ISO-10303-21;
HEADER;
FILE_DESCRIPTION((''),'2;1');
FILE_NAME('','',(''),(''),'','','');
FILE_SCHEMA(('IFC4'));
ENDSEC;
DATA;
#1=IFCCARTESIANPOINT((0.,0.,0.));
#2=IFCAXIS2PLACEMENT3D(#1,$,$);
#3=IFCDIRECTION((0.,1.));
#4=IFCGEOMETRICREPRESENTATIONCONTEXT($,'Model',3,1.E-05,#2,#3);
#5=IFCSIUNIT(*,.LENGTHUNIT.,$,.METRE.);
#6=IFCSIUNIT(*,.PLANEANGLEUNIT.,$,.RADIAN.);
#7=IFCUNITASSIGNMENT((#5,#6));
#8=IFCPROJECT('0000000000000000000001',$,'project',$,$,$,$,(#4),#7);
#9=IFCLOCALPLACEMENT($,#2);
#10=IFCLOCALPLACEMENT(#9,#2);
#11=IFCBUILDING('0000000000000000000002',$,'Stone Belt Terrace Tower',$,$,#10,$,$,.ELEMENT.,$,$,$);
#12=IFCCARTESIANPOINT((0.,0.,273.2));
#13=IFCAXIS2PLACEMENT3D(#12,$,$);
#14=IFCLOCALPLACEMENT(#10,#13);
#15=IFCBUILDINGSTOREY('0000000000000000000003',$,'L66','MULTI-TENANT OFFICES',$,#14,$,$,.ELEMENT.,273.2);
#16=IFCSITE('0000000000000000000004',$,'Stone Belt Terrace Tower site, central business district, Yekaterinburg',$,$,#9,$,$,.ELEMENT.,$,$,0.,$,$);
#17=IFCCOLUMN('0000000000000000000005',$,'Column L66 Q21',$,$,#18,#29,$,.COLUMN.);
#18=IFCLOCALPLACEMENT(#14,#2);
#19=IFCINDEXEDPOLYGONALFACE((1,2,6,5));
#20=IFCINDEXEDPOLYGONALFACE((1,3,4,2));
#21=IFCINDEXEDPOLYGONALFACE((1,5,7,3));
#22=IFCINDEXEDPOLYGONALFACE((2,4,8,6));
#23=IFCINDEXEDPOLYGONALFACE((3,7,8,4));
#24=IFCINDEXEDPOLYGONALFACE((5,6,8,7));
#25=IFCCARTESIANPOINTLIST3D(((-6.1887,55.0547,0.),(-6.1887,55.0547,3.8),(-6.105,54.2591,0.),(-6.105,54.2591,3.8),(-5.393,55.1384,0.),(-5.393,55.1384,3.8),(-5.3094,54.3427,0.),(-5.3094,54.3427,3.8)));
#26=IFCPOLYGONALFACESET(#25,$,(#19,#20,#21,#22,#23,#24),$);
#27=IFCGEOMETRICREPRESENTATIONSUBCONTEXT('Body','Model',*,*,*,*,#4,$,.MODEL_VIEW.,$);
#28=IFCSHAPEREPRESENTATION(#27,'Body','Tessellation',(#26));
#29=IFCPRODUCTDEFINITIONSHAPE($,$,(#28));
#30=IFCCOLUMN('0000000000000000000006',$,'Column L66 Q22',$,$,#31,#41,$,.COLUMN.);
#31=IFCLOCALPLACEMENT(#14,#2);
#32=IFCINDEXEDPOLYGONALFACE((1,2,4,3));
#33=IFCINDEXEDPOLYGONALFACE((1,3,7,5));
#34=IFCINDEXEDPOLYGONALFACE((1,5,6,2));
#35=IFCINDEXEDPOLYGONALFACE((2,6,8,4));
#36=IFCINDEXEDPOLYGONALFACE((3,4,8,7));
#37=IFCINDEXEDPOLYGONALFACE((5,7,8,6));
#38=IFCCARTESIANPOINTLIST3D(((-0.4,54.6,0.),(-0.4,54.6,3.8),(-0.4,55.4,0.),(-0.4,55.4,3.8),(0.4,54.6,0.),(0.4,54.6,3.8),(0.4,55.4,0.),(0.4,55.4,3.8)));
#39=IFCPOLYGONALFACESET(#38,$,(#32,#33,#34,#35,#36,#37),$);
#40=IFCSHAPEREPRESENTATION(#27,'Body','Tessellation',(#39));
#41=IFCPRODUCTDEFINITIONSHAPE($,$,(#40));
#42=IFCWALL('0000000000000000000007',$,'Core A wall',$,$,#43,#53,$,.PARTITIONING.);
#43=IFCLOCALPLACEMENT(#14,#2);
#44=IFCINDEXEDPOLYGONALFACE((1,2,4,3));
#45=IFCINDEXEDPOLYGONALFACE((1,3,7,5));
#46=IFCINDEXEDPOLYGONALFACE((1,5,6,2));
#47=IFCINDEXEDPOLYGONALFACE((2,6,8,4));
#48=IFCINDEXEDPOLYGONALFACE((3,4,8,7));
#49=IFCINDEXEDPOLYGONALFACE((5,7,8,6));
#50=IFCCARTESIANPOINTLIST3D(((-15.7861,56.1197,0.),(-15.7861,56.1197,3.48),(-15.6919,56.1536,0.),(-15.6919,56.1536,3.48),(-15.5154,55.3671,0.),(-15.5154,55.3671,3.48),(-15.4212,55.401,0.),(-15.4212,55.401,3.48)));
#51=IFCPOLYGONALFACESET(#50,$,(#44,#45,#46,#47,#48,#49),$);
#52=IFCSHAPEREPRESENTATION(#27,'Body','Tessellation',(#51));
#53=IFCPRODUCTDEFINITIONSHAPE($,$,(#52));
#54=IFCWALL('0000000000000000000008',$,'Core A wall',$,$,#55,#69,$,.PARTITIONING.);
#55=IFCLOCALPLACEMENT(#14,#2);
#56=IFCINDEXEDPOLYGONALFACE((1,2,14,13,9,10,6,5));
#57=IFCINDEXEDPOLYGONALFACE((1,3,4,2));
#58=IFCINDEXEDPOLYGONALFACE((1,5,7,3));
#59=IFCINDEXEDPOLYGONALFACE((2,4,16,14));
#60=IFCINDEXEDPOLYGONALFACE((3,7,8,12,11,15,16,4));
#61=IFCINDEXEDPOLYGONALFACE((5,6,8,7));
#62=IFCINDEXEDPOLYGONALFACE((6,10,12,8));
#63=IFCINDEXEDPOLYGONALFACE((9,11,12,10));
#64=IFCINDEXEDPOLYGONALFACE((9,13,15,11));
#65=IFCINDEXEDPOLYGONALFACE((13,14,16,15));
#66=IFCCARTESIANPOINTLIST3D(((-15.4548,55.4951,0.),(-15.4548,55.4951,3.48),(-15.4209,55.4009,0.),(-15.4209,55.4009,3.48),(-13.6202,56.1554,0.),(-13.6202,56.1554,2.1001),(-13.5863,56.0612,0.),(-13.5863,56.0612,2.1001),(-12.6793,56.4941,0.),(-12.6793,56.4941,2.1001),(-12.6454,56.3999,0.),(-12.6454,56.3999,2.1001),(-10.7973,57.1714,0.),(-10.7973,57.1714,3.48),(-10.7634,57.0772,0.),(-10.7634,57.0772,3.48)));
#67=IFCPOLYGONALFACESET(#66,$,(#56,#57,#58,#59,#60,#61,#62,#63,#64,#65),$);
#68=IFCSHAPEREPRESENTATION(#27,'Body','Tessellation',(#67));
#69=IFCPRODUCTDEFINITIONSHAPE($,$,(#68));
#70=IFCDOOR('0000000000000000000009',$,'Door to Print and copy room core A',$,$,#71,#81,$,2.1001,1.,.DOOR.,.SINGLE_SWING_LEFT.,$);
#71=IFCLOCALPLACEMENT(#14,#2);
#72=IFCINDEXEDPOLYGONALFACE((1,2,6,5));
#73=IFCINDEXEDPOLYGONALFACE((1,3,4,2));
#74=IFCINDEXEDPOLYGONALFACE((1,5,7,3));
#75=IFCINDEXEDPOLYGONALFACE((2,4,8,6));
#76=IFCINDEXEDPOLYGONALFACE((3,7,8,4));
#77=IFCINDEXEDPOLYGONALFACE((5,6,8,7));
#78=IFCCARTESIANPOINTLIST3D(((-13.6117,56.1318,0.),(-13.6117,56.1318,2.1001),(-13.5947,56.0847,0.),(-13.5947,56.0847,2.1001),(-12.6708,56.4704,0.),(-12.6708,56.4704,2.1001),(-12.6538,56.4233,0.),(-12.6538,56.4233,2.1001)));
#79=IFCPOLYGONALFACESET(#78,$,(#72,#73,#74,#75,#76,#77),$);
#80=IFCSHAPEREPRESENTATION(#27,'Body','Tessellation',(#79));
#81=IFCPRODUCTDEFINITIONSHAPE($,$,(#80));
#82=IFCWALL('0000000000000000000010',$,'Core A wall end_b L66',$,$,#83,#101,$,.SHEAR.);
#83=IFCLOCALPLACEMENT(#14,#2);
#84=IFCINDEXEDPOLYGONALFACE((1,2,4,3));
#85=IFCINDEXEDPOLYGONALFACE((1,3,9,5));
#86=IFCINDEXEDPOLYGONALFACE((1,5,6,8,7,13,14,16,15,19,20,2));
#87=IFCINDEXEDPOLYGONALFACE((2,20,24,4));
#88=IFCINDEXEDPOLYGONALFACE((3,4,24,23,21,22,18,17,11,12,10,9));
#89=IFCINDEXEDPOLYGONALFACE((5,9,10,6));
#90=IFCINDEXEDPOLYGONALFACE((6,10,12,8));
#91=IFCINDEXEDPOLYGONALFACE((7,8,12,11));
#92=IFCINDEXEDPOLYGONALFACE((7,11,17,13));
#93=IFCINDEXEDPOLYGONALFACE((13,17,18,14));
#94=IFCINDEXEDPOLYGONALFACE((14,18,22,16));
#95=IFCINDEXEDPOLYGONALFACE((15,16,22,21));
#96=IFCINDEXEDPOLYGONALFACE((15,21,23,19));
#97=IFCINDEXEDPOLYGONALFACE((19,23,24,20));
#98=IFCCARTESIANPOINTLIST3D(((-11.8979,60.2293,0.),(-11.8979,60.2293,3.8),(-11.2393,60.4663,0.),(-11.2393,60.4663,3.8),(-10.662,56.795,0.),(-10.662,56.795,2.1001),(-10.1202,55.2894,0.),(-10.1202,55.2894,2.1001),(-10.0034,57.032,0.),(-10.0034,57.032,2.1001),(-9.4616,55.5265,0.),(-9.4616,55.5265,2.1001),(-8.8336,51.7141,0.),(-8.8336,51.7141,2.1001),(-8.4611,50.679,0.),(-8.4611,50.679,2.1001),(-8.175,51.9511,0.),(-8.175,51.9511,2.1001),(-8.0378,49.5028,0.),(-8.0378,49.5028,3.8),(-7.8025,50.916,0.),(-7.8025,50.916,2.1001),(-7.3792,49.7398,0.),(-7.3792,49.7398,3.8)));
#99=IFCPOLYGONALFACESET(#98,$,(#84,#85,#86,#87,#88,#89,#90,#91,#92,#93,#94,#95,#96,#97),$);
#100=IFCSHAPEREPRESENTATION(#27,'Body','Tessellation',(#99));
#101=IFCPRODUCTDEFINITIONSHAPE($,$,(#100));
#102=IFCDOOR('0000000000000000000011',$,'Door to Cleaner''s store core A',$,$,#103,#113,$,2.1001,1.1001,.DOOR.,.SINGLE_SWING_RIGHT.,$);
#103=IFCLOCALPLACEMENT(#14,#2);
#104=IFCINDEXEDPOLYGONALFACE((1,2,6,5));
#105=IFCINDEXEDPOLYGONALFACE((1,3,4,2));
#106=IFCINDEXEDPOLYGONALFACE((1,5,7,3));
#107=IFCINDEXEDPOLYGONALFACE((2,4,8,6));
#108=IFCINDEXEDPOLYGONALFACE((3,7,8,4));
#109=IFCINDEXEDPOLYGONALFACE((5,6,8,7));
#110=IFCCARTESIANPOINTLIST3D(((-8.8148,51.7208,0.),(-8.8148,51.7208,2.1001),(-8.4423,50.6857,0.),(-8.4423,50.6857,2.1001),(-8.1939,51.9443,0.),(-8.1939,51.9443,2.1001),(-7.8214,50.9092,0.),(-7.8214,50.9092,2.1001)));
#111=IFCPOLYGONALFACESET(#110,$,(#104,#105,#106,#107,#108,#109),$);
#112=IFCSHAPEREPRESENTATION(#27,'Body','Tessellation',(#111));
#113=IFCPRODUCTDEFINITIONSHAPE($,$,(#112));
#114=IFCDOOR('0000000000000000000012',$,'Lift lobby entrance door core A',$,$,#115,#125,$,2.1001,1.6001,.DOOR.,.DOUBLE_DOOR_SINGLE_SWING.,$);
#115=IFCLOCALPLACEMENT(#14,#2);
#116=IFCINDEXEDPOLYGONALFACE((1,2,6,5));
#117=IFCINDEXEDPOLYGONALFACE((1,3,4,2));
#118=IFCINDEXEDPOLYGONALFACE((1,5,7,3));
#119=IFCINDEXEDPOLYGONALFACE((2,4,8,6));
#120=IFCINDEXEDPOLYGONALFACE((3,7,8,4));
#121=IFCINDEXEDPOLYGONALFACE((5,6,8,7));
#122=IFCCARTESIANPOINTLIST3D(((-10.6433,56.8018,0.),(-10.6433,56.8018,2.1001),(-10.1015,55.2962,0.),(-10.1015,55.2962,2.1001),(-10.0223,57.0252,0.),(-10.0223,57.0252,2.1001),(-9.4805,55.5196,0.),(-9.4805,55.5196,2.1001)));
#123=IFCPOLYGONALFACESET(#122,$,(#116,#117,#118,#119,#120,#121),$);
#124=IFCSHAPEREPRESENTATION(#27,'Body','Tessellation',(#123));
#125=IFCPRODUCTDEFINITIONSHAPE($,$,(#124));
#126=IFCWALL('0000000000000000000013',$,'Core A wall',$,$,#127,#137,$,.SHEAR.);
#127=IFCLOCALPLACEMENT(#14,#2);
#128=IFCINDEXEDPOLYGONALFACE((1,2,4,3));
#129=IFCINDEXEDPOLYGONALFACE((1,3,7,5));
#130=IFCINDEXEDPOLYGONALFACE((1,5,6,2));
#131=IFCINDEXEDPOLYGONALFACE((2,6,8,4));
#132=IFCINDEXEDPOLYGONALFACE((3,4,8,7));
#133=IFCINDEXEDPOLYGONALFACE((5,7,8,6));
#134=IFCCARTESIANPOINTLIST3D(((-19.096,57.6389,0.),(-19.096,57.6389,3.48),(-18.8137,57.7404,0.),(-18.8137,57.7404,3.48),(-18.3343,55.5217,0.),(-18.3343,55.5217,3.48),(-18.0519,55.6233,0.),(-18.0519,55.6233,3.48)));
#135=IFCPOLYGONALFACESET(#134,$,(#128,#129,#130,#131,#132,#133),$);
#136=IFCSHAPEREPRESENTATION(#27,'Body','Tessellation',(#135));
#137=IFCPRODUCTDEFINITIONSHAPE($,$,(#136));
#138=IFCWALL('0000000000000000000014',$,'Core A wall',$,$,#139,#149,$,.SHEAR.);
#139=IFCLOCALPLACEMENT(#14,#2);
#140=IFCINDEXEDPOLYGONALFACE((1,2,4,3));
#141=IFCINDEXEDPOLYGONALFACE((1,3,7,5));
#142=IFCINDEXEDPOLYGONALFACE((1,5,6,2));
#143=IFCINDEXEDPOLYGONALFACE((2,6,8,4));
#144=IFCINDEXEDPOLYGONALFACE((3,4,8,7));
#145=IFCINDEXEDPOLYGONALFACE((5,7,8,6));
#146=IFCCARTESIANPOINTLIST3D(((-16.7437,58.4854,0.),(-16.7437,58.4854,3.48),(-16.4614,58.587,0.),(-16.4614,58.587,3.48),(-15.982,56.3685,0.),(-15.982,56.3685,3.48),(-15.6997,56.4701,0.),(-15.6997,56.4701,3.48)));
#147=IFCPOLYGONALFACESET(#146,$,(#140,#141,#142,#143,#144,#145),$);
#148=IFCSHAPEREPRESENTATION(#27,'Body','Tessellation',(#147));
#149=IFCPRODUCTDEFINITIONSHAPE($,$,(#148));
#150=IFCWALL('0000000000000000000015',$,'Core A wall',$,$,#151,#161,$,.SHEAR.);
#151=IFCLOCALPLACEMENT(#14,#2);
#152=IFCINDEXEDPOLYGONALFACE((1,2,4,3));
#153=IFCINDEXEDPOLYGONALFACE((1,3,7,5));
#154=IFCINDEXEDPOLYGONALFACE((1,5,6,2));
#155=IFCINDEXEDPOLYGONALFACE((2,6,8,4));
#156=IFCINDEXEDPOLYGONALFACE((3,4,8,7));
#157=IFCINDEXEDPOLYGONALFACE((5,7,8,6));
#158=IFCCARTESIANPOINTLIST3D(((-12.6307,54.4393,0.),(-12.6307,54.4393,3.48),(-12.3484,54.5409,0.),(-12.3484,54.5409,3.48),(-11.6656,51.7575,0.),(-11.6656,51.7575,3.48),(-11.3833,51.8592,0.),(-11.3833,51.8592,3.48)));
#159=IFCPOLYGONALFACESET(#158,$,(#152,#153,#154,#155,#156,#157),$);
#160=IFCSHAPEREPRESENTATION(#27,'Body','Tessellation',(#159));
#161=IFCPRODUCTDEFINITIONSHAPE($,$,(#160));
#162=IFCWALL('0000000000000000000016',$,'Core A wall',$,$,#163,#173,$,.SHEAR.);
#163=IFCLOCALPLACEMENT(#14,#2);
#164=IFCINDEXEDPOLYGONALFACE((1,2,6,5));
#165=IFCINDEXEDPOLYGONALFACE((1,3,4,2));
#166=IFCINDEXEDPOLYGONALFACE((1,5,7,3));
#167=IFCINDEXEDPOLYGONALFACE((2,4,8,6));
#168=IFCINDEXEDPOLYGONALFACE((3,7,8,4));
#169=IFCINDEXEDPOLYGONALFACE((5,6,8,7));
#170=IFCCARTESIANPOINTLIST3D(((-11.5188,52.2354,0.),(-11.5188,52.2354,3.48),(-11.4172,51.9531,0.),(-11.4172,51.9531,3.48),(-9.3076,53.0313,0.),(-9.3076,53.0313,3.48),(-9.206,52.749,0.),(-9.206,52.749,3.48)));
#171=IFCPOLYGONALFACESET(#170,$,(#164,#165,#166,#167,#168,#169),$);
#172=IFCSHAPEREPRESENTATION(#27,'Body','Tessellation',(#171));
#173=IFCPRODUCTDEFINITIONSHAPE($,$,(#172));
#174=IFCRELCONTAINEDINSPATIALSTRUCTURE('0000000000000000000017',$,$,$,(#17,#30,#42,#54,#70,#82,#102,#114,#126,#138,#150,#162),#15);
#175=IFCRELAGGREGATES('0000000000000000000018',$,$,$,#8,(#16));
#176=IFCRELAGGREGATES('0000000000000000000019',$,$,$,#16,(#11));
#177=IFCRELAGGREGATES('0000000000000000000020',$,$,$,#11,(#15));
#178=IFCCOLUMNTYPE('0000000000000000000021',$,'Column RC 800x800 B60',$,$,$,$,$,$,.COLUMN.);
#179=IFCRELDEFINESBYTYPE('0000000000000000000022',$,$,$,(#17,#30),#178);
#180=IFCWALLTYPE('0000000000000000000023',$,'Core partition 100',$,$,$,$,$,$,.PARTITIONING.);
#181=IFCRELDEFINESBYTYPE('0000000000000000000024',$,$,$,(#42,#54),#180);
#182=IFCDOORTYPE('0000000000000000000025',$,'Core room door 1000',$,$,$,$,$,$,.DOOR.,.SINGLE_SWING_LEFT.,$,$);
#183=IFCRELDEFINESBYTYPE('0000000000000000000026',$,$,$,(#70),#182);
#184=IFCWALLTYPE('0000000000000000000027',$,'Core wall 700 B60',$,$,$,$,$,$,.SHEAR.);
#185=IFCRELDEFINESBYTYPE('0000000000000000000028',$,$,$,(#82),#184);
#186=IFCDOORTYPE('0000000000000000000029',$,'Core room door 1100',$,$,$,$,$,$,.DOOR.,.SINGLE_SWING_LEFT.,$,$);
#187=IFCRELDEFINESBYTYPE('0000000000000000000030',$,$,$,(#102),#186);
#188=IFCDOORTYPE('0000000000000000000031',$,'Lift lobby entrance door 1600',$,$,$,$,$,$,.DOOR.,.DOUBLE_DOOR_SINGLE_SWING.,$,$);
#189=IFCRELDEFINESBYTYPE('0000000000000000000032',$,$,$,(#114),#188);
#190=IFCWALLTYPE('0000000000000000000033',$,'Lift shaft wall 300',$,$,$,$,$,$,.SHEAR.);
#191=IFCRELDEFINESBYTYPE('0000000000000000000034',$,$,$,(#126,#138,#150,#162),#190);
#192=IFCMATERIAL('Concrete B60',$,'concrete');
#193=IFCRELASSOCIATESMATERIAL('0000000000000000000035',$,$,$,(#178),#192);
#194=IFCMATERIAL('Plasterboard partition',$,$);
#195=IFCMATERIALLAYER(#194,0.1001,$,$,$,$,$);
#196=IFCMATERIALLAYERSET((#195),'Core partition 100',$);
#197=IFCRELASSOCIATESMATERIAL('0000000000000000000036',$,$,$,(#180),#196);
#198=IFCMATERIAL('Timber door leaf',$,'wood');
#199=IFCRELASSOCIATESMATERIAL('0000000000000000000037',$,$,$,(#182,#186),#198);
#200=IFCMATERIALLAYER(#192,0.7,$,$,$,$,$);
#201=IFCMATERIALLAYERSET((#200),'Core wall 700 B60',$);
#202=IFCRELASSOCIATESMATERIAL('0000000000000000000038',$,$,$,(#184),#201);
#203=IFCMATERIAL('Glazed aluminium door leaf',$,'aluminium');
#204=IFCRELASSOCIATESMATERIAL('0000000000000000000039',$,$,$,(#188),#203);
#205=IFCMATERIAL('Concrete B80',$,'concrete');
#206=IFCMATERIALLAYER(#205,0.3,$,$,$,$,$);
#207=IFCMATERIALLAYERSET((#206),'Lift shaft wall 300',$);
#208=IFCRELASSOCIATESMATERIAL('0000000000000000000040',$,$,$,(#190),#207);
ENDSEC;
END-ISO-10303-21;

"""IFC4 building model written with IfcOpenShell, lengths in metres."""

from ifc_helpers import new_model, si_unit, direction, frame, frame_2d, origin, origin_2d, place, context, subcontext, project, spatial, rectangle, extrude, material, layer, layer_set, material_profile, profile_set, type_object, element, fill, save


model = new_model("IFC4")

# Units and contexts
model_context = context("Model", 3, precision=1e-05, world=origin(), true_north=direction((0.0, 1.0)))
body_context = subcontext(model_context, "Body", "Model", "MODEL_VIEW")
ifc_project = project(units=[si_unit("LENGTHUNIT", "METRE"), si_unit("PLANEANGLEUNIT", "RADIAN")], contexts=[model_context])

# Site, building, storey
site_placement = place(None, origin())
site = spatial("IfcSite", under=ifc_project, at=site_placement, Name="Stone Belt Terrace Tower site, central business district, Yekaterinburg", CompositionType="ELEMENT", RefElevation=0.0)
building_placement = place(site_placement, origin())
building = spatial("IfcBuilding", under=site, at=building_placement, Name="Stone Belt Terrace Tower", CompositionType="ELEMENT")
storey_placement = place(building_placement, frame((0.0, 0.0, 273.2)))
storey = spatial("IfcBuildingStorey", under=building, at=storey_placement, Name="L66", Description="MULTI-TENANT OFFICES", CompositionType="ELEMENT", Elevation=273.2)

# Columns
ifc_material_1 = material(Name="Concrete B60", Category="concrete")
ifc_material_profile = material_profile(ifc_material_1, rectangle(XDim=0.8, YDim=0.8, at=origin_2d()), Name="RC 800x800")
ifc_profile_set = profile_set([ifc_material_profile], Name="Concrete B60")
column_type = type_object("IfcColumnType", Name="Column RC 800x800 B60", PredefinedType="COLUMN", material=ifc_profile_set)
for number, where, z_axis, x_axis, name in (
    (1, (-5.749, 54.6987, 0.0), (0.0, 0.0, 1.0), (0.994522, 0.104528, 0.0), "Column L66 Q21"),
    (2, (0.0, 55.0, 0.0), (0.0, 0.0, 1.0), (1.0, 0.0, 0.0), "Column L66 Q22"),
):
    element("IfcColumn", number, at=place(storey_placement, frame(where, z_axis=z_axis, x_axis=x_axis)), inside=storey, type_object=column_type, Name=name, PredefinedType="COLUMN", context=body_context, shape_type="SweptSolid", body=[
        extrude(rectangle(XDim=0.8, YDim=0.8, at=origin_2d()), origin(), (0.0, 0.0, 1.0), 3.8),
    ])

# Wall
ifc_material_2 = material(Name="Plasterboard partition")
ifc_layer_1 = layer(ifc_material_2, 0.1001)
ifc_layer_set_1 = layer_set([ifc_layer_1], Name="Core partition 100")
wall_type_1 = type_object("IfcWallType", Name="Core partition 100", PredefinedType="PARTITIONING", material=ifc_layer_set_1)
wall_1_placement = place(storey_placement, frame((-15.4683, 55.384, 0.0), z_axis=(0.0, 0.0, 1.0), x_axis=(-0.338482, 0.940973, 0.0)))
element("IfcWall", 3, at=wall_1_placement, inside=storey, type_object=wall_type_1, Name="Core A wall", PredefinedType="PARTITIONING", context=body_context, shape_type="SweptSolid", body=[
    extrude(rectangle(XDim=0.7998, YDim=0.1001, at=frame_2d((0.3999, 0.0))), origin(), (0.0, 0.0, 1.0), 3.48),
])

# Wall, opening, door
wall_2_placement = place(storey_placement, frame((-15.438, 55.448, 0.0), z_axis=(0.0, 0.0, 1.0), x_axis=(0.940914, 0.338644, 0.0)))
wall_2 = element("IfcWall", 4, at=wall_2_placement, inside=storey, type_object=wall_type_1, Name="Core A wall", PredefinedType="PARTITIONING", context=body_context, shape_type="SweptSolid", body=[
    extrude(rectangle(XDim=4.95, YDim=0.1001, at=frame_2d((2.4751, 0.0))), origin(), (0.0, 0.0, 1.0), 3.48),
])
opening_1_placement = place(wall_2_placement, frame((1.95, 0.0, 0.0)))
opening_1 = element("IfcOpeningElement", 5, at=opening_1_placement, cuts=wall_2, PredefinedType="OPENING", context=body_context, shape_type="SweptSolid", body=[
    extrude(rectangle(XDim=1.0, YDim=2.1001, at=frame_2d((0.5, 1.05))), frame((0.0, 0.0601, 0.0), z_axis=(0.0, -1.0, 0.0), x_axis=(1.0, 0.0, 0.0)), (0.0, 0.0, 1.0), 0.1201),
])
ifc_material_3 = material(Name="Timber door leaf", Category="wood")
door_type_1 = type_object("IfcDoorType", Name="Core room door 1000", OperationType="SINGLE_SWING_LEFT", PredefinedType="DOOR", material=ifc_material_3)
door_1_placement = place(opening_1_placement, origin())
door_1 = element("IfcDoor", 6, at=door_1_placement, inside=storey, type_object=door_type_1, Name="Door to Print and copy room core A", OperationType="SINGLE_SWING_LEFT", OverallHeight=2.1001, OverallWidth=1.0, PredefinedType="DOOR", context=body_context, shape_type="SweptSolid", body=[
    extrude(rectangle(XDim=1.0, YDim=2.1001, at=frame_2d((0.5, 1.05))), frame((0.0, 0.0249, 0.0), z_axis=(0.0, -1.0, 0.0), x_axis=(1.0, 0.0, 0.0)), (0.0, 0.0, 1.0), 0.05),
])
fill(opening_1, door_1)

# Wall, openings, doors
ifc_layer_2 = layer(ifc_material_1, 0.7)
ifc_layer_set_2 = layer_set([ifc_layer_2], Name="Core wall 700 B60")
wall_type_2 = type_object("IfcWallType", Name="Core wall 700 B60", PredefinedType="SHEAR", material=ifc_layer_set_2)
wall_3_placement = place(storey_placement, frame((-7.7085, 49.6213, 0.0), z_axis=(0.0, 0.0, 1.0), x_axis=(-0.338606, 0.940928, 0.0)))
wall_3 = element("IfcWall", 7, at=wall_3_placement, inside=storey, type_object=wall_type_2, Name="Core A wall end_b L66", PredefinedType="SHEAR", context=body_context, shape_type="SweptSolid", body=[
    extrude(rectangle(XDim=11.3999, YDim=0.7, at=frame_2d((5.7, 0.0))), origin(), (0.0, 0.0, 1.0), 3.8),
])
opening_2_placement = place(wall_3_placement, frame((6.1499, 0.0, 0.0)))
opening_2 = element("IfcOpeningElement", 8, at=opening_2_placement, cuts=wall_3, PredefinedType="OPENING", context=body_context, shape_type="SweptSolid", body=[
    extrude(rectangle(XDim=1.6001, YDim=2.1001, at=frame_2d((0.8, 1.05))), frame((0.0, 0.3599, 0.0), z_axis=(0.0, -1.0, 0.0), x_axis=(1.0, 0.0, 0.0)), (0.0, 0.0, 1.0), 0.72),
])
opening_3_placement = place(wall_3_placement, frame((1.25, 0.0, 0.0)))
opening_3 = element("IfcOpeningElement", 9, at=opening_3_placement, cuts=wall_3, PredefinedType="OPENING", context=body_context, shape_type="SweptSolid", body=[
    extrude(rectangle(XDim=1.1001, YDim=2.1001, at=frame_2d((0.55, 1.05))), frame((0.0, 0.3599, 0.0), z_axis=(0.0, -1.0, 0.0), x_axis=(1.0, 0.0, 0.0)), (0.0, 0.0, 1.0), 0.72),
])
door_type_2 = type_object("IfcDoorType", Name="Core room door 1100", OperationType="SINGLE_SWING_LEFT", PredefinedType="DOOR", material=ifc_material_3)
door_2_placement = place(opening_3_placement, origin())
door_2 = element("IfcDoor", 10, at=door_2_placement, inside=storey, type_object=door_type_2, Name="Door to Cleaner's store core A", OperationType="SINGLE_SWING_RIGHT", OverallHeight=2.1001, OverallWidth=1.1001, PredefinedType="DOOR", context=body_context, shape_type="SweptSolid", body=[
    extrude(rectangle(XDim=1.1001, YDim=2.1001, at=frame_2d((0.55, 1.05))), frame((0.0, 0.3301, 0.0), z_axis=(0.0, -1.0, 0.0), x_axis=(1.0, 0.0, 0.0)), (0.0, 0.0, 1.0), 0.6599),
])
fill(opening_3, door_2)
ifc_material_4 = material(Name="Glazed aluminium door leaf", Category="aluminium")
door_type_3 = type_object("IfcDoorType", Name="Lift lobby entrance door 1600", OperationType="DOUBLE_DOOR_SINGLE_SWING", PredefinedType="DOOR", material=ifc_material_4)
door_3_placement = place(opening_2_placement, origin())
door_3 = element("IfcDoor", 11, at=door_3_placement, inside=storey, type_object=door_type_3, Name="Lift lobby entrance door core A", OperationType="DOUBLE_DOOR_SINGLE_SWING", OverallHeight=2.1001, OverallWidth=1.6001, PredefinedType="DOOR", context=body_context, shape_type="SweptSolid", body=[
    extrude(rectangle(XDim=1.6001, YDim=2.1001, at=frame_2d((0.8, 1.05))), frame((0.0, 0.3301, 0.0), z_axis=(0.0, -1.0, 0.0), x_axis=(1.0, 0.0, 0.0)), (0.0, 0.0, 1.0), 0.6599),
])
fill(opening_2, door_3)

# Walls
ifc_material_5 = material(Name="Concrete B80", Category="concrete")
ifc_layer_3 = layer(ifc_material_5, 0.3)
ifc_layer_set_3 = layer_set([ifc_layer_3], Name="Lift shaft wall 300")
wall_type_3 = type_object("IfcWallType", Name="Lift shaft wall 300", PredefinedType="SHEAR", material=ifc_layer_set_3)
wall_4_placement = place(storey_placement, frame((-18.1931, 55.5725, 0.0), z_axis=(0.0, 0.0, 1.0), x_axis=(-0.338535, 0.940954, 0.0)))
element("IfcWall", 12, at=wall_4_placement, inside=storey, type_object=wall_type_3, Name="Core A wall", PredefinedType="SHEAR", context=body_context, shape_type="SweptSolid", body=[
    extrude(rectangle(XDim=2.25, YDim=0.3, at=frame_2d((1.125, 0.0))), origin(), (0.0, 0.0, 1.0), 3.48),
])
wall_5_placement = place(storey_placement, frame((-15.8408, 56.4192, 0.0), z_axis=(0.0, 0.0, 1.0), x_axis=(-0.33857, 0.940941, 0.0)))
element("IfcWall", 13, at=wall_5_placement, inside=storey, type_object=wall_type_3, Name="Core A wall", PredefinedType="SHEAR", context=body_context, shape_type="SweptSolid", body=[
    extrude(rectangle(XDim=2.2498, YDim=0.3, at=frame_2d((1.125, 0.0))), origin(), (0.0, 0.0, 1.0), 3.48),
])
wall_6_placement = place(storey_placement, frame((-11.5244, 51.8083, 0.0), z_axis=(0.0, 0.0, 1.0), x_axis=(-0.338625, 0.940921, 0.0)))
element("IfcWall", 14, at=wall_6_placement, inside=storey, type_object=wall_type_3, Name="Core A wall", PredefinedType="SHEAR", context=body_context, shape_type="SweptSolid", body=[
    extrude(rectangle(XDim=2.8501, YDim=0.3, at=frame_2d((1.425, 0.0))), origin(), (0.0, 0.0, 1.0), 3.48),
])
wall_7_placement = place(storey_placement, frame((-11.468, 52.0942, 0.0), z_axis=(0.0, 0.0, 1.0), x_axis=(0.940905, 0.338672, 0.0)))
element("IfcWall", 15, at=wall_7_placement, inside=storey, type_object=wall_type_3, Name="Core A wall", PredefinedType="SHEAR", context=body_context, shape_type="SweptSolid", body=[
    extrude(rectangle(XDim=2.3501, YDim=0.3, at=frame_2d((1.175, 0.0))), origin(), (0.0, 0.0, 1.0), 3.48),
])

save(model, "model.ifc")
